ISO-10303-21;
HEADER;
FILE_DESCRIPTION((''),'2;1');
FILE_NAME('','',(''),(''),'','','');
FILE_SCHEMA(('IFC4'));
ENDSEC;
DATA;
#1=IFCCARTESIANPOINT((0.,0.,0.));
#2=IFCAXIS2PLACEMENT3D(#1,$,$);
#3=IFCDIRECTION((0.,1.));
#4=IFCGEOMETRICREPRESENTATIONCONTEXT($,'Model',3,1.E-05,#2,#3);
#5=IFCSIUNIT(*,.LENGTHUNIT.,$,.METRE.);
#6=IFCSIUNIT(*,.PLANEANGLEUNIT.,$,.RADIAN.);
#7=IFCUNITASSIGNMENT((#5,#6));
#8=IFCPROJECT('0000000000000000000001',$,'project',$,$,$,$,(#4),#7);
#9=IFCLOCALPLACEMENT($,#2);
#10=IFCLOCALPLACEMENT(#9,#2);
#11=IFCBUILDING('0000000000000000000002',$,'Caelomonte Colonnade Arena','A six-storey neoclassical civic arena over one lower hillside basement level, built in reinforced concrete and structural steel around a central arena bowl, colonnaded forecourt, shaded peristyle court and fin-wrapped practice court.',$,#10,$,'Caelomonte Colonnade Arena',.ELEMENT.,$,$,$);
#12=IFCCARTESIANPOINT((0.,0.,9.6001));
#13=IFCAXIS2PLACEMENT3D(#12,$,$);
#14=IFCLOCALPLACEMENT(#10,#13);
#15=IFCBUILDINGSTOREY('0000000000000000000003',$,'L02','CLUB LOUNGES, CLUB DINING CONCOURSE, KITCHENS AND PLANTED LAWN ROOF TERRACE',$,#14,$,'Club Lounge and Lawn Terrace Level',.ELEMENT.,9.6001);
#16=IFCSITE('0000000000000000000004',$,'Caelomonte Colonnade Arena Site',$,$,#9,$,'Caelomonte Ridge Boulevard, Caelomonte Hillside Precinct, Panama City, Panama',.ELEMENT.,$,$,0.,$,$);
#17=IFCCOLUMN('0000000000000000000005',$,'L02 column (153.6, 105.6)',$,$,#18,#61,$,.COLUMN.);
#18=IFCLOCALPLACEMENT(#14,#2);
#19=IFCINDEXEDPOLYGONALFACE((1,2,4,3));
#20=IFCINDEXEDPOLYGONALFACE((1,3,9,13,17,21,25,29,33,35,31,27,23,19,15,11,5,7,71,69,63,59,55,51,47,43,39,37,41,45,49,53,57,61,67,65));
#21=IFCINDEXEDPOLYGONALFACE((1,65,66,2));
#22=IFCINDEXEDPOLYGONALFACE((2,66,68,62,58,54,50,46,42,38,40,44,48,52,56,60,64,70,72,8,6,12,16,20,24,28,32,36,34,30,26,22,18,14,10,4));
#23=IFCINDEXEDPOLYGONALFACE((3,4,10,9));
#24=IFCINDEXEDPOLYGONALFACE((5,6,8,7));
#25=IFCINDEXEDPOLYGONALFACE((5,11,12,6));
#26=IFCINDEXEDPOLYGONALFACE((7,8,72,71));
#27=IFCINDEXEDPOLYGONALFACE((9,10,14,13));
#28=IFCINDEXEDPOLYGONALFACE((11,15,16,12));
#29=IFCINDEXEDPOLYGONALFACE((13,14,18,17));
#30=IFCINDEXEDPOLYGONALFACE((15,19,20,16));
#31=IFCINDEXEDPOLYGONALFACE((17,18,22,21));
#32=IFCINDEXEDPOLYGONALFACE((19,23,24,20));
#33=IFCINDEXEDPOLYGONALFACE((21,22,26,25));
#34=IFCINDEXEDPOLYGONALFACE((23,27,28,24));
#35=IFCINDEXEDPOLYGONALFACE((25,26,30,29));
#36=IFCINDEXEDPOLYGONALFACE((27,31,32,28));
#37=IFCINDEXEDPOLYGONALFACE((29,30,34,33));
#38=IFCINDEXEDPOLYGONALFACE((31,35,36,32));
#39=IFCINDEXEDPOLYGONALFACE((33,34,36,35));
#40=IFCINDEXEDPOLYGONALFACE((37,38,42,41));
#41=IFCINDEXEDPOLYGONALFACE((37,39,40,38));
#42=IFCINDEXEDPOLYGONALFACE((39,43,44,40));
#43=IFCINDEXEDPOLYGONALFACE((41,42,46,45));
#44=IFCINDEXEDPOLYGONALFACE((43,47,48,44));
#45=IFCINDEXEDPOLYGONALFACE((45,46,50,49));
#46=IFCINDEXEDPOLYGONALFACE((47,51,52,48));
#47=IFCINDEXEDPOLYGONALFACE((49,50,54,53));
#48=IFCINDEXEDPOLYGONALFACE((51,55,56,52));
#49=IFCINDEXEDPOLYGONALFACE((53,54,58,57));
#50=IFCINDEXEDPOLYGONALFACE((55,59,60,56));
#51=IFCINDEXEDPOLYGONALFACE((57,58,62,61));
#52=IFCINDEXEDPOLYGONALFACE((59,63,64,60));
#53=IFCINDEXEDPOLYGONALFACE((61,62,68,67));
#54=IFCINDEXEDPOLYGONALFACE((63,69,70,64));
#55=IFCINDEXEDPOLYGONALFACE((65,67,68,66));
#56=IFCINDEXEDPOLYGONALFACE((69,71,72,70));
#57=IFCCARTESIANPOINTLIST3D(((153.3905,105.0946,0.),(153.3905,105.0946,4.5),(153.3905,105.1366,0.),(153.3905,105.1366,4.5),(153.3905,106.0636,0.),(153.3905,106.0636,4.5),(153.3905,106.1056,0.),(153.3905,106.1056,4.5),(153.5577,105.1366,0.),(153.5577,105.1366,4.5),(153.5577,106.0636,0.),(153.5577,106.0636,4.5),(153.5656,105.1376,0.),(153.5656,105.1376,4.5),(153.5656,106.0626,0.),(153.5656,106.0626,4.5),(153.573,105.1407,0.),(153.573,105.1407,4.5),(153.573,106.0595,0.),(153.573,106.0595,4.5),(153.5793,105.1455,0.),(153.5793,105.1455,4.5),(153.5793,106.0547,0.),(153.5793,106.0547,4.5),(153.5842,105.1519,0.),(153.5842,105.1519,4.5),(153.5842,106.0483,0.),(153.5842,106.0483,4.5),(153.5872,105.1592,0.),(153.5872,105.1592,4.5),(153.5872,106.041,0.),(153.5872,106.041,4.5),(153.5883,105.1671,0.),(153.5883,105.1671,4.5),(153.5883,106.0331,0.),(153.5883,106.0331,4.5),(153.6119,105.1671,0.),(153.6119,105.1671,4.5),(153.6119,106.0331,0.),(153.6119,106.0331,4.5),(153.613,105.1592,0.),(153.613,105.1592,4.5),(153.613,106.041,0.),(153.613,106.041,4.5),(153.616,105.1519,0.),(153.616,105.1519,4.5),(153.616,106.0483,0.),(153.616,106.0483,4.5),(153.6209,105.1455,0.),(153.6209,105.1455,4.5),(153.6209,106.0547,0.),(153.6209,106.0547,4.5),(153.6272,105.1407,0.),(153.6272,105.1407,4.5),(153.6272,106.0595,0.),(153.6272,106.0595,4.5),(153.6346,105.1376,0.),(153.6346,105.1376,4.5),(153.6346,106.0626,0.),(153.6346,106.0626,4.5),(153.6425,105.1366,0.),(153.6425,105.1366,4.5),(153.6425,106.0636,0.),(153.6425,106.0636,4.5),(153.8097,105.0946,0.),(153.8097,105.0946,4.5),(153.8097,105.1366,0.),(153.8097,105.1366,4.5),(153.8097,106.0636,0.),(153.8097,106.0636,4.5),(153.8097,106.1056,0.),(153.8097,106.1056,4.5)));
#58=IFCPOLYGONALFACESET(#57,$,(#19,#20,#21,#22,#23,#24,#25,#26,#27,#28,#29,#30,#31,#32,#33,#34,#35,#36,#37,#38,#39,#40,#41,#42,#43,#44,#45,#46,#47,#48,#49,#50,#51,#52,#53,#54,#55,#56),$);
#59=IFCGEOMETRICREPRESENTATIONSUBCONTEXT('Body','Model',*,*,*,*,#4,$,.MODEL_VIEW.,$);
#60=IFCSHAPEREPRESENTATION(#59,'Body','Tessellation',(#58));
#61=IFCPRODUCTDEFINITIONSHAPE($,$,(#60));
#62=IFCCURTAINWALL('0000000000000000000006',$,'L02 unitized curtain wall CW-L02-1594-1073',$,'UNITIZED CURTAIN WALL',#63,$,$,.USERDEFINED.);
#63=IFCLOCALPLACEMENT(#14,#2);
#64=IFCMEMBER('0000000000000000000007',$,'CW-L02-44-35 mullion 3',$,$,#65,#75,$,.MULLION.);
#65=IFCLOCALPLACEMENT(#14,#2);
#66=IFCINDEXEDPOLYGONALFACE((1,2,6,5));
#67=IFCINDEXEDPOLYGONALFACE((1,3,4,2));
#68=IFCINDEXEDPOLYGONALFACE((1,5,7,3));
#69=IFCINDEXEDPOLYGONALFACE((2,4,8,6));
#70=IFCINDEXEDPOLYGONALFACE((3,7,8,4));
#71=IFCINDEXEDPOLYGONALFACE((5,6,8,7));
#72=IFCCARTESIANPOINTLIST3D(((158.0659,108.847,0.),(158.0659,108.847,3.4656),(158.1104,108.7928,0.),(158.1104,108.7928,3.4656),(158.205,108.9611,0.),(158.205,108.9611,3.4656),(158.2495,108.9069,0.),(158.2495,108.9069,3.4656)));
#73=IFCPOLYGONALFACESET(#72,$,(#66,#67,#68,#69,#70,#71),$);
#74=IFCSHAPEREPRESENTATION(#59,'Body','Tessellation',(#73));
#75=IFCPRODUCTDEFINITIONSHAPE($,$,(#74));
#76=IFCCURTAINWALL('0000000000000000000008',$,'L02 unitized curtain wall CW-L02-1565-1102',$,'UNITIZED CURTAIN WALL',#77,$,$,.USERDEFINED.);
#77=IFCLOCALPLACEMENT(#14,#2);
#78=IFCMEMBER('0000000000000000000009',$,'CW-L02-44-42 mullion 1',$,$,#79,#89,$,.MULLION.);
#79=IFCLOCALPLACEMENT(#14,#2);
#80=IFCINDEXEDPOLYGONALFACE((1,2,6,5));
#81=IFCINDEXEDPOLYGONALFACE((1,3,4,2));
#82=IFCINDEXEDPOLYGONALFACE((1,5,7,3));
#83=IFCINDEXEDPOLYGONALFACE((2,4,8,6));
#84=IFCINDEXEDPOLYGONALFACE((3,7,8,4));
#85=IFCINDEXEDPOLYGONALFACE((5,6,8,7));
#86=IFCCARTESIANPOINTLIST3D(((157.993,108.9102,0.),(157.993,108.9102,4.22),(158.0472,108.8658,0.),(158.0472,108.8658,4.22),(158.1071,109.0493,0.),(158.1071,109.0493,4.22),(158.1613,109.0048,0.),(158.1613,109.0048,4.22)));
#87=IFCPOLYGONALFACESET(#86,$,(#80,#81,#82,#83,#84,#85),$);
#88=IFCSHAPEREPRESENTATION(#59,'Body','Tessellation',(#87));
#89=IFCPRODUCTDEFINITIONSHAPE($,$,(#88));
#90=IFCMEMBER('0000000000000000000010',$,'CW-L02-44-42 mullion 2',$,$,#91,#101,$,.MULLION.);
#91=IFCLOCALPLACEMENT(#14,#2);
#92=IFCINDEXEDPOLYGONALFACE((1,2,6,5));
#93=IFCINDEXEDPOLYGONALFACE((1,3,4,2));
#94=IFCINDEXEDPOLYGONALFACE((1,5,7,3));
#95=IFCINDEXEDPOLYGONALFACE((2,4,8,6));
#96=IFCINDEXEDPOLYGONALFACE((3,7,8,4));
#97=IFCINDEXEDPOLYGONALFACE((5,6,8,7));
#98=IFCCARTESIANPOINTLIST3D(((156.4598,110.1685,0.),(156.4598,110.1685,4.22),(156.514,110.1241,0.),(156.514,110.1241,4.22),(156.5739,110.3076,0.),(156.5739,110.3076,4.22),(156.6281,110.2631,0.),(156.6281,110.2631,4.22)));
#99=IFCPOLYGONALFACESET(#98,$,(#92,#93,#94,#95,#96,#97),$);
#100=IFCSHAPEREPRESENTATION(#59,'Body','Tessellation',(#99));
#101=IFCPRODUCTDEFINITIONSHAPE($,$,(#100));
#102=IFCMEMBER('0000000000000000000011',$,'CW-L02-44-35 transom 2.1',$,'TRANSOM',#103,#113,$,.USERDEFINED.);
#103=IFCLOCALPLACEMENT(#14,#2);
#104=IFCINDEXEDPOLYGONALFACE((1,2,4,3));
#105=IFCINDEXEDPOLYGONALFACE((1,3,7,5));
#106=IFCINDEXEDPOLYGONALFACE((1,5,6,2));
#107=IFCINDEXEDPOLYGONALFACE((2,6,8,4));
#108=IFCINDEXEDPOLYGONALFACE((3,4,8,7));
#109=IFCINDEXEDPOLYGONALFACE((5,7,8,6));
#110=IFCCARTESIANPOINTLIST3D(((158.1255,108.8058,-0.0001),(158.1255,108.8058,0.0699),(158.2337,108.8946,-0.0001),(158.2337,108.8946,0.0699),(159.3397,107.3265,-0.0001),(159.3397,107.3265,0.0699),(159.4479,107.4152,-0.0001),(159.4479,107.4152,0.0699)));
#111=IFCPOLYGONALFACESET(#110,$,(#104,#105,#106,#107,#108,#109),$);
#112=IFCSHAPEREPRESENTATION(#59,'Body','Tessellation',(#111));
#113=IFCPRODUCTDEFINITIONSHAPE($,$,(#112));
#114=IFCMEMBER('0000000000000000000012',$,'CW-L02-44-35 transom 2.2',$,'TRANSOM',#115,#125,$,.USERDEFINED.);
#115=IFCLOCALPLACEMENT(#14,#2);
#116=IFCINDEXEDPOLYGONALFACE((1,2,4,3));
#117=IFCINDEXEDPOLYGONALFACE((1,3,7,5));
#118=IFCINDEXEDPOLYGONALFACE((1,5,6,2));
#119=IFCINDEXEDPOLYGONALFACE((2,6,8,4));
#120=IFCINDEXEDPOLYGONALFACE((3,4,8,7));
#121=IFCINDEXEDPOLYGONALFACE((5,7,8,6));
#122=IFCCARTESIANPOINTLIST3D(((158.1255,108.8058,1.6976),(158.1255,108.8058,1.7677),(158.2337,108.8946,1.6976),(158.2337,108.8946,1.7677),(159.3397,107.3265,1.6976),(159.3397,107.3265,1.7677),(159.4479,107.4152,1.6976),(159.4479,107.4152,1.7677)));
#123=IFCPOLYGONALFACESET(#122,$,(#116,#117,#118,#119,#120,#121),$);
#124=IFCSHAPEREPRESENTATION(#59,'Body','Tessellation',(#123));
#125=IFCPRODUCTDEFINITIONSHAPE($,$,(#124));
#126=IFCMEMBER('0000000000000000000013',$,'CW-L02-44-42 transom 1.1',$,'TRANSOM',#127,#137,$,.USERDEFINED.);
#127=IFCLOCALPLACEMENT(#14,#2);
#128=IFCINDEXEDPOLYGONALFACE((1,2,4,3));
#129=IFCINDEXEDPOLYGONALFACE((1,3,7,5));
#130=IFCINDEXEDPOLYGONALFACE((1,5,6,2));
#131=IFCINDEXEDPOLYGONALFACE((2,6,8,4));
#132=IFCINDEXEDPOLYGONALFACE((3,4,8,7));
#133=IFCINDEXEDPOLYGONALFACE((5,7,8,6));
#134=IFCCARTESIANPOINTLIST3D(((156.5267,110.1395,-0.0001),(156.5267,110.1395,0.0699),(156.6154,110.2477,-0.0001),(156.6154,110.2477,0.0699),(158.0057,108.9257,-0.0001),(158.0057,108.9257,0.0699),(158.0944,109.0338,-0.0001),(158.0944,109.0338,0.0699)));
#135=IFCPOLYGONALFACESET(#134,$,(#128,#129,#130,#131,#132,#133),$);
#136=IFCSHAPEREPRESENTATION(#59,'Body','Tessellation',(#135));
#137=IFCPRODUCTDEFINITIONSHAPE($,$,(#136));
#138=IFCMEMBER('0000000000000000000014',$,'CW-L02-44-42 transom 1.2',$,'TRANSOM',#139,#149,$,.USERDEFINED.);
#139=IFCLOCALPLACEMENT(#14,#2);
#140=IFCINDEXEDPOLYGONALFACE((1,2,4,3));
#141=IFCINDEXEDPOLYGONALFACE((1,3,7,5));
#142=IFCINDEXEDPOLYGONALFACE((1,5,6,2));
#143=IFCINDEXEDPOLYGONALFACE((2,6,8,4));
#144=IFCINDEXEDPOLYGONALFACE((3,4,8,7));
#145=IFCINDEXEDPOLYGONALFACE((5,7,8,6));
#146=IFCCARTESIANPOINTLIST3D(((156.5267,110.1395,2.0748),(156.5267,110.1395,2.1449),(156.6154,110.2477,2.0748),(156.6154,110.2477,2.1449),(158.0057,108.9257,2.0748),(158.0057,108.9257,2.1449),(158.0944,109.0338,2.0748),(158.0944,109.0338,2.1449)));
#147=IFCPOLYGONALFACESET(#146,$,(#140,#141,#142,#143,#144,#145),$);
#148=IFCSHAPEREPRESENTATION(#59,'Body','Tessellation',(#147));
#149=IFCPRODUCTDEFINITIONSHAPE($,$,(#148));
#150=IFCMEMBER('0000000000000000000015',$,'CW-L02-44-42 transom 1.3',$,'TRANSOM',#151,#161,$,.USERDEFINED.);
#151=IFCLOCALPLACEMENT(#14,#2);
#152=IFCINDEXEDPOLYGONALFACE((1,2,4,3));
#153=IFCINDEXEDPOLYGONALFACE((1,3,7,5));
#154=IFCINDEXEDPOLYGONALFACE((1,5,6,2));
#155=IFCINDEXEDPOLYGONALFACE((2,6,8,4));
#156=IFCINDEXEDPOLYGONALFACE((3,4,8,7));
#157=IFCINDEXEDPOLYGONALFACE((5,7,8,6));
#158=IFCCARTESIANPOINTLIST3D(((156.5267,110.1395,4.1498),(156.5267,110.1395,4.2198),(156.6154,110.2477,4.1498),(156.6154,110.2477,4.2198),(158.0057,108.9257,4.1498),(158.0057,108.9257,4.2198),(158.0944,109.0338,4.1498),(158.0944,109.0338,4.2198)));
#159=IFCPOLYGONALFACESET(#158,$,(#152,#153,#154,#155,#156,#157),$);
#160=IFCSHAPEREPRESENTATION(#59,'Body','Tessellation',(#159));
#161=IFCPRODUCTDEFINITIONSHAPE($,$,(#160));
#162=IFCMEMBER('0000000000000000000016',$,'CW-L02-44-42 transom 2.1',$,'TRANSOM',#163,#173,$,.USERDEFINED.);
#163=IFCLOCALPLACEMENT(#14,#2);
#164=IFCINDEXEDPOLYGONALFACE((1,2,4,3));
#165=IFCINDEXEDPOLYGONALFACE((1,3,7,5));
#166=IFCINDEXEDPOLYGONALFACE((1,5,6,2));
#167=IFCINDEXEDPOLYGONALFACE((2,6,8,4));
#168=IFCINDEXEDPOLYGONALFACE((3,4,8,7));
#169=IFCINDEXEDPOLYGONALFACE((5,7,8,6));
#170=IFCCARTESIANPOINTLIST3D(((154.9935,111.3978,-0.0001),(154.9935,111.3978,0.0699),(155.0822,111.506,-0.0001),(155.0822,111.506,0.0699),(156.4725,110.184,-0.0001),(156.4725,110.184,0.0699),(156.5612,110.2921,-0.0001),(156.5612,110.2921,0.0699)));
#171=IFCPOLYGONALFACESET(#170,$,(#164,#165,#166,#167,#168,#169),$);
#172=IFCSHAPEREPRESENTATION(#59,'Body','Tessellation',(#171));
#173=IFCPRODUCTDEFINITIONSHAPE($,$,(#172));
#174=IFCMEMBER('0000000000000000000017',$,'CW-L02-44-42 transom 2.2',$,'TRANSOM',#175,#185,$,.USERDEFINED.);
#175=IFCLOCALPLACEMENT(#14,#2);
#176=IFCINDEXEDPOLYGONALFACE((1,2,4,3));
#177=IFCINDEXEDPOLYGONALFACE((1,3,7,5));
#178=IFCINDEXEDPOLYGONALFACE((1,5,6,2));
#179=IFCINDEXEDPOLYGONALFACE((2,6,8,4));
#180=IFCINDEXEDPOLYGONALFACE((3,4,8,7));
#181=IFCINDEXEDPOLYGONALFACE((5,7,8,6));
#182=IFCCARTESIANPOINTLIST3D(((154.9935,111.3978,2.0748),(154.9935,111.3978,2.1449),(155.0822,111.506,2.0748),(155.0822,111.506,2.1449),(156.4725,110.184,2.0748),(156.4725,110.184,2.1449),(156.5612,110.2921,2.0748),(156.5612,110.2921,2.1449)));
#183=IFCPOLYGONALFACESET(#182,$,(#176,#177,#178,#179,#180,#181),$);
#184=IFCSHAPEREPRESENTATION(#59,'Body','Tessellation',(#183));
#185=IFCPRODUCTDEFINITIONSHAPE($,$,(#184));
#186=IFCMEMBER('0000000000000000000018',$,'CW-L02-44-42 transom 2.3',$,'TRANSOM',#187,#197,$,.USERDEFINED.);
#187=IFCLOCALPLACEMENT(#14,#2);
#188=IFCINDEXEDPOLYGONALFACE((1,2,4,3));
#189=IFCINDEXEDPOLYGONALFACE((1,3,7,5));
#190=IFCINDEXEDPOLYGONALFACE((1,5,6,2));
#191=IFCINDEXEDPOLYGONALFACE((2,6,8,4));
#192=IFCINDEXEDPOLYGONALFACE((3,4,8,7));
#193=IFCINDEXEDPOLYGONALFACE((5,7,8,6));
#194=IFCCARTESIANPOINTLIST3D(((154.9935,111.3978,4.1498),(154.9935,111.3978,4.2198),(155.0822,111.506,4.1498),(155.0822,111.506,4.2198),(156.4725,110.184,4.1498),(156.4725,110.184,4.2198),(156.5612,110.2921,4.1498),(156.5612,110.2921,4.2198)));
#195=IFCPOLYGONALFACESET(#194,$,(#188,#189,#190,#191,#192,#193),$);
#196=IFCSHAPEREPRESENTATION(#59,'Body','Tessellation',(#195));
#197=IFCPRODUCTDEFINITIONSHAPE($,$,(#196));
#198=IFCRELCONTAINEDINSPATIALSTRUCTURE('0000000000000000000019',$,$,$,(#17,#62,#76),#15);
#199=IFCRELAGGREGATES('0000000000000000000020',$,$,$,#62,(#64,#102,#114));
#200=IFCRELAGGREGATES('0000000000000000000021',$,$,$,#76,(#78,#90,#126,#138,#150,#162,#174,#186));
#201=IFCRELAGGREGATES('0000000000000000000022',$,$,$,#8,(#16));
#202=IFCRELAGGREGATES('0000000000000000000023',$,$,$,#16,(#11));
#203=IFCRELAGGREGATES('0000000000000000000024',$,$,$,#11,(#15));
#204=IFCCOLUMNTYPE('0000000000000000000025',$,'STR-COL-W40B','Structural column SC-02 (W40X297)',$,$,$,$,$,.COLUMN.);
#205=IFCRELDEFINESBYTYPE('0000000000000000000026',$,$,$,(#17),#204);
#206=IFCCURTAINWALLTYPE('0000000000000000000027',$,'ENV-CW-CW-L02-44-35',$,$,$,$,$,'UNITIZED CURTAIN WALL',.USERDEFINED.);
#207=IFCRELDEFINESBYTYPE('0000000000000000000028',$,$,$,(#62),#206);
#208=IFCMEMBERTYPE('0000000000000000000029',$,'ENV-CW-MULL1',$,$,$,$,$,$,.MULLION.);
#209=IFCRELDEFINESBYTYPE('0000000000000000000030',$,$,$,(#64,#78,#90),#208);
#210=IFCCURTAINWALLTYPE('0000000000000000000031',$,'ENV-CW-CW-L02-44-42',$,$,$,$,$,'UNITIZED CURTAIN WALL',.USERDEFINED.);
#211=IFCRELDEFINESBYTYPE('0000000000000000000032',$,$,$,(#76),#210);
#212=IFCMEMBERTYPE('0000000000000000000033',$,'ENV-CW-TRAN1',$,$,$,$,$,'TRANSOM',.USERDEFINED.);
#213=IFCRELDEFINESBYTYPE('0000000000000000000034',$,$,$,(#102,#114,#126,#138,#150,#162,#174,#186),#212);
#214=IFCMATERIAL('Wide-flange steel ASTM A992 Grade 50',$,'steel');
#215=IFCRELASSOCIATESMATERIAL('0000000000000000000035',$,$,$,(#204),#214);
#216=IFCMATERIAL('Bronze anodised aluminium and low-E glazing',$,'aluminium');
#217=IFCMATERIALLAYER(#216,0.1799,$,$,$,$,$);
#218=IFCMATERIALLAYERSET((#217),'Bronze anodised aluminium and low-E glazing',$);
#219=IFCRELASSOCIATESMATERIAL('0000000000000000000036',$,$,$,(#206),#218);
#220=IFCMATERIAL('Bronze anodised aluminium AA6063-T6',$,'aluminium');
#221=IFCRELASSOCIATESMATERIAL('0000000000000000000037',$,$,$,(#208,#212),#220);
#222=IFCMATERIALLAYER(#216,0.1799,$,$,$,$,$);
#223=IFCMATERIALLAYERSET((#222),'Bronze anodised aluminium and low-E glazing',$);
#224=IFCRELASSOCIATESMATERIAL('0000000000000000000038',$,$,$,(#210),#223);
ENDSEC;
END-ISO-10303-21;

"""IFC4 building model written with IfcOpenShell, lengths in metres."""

from ifc_helpers import new_model, si_unit, direction, frame, origin, origin_2d, place, context, subcontext, project, spatial, rectangle, i_section, extrude, material, layer, layer_set, material_profile, profile_set, type_object, element, aggregate, save


model = new_model("IFC4")

# Units and contexts
model_context = context("Model", 3, precision=1e-05, world=origin(), true_north=direction((0.0, 1.0)))
body_context = subcontext(model_context, "Body", "Model", "MODEL_VIEW")
ifc_project = project(units=[si_unit("LENGTHUNIT", "METRE"), si_unit("PLANEANGLEUNIT", "RADIAN")], contexts=[model_context])

# Site, building, storey
site_placement = place(None, origin())
site = spatial("IfcSite", under=ifc_project, at=site_placement, Name="Caelomonte Colonnade Arena Site", LongName="Caelomonte Ridge Boulevard, Caelomonte Hillside Precinct, Panama City, Panama", CompositionType="ELEMENT", RefElevation=0.0)
building_placement = place(site_placement, origin())
building = spatial("IfcBuilding", under=site, at=building_placement, Name="Caelomonte Colonnade Arena", Description="A six-storey neoclassical civic arena over one lower hillside basement level, built in reinforced concrete and structural steel around a central arena bowl, colonnaded forecourt, shaded peristyle court and fin-wrapped practice court.", LongName="Caelomonte Colonnade Arena", CompositionType="ELEMENT")
storey_placement = place(building_placement, frame((0.0, 0.0, 9.6001)))
storey = spatial("IfcBuildingStorey", under=building, at=storey_placement, Name="L02", Description="CLUB LOUNGES, CLUB DINING CONCOURSE, KITCHENS AND PLANTED LAWN ROOF TERRACE", LongName="Club Lounge and Lawn Terrace Level", CompositionType="ELEMENT", Elevation=9.6001)

# Column
ifc_material_1 = material(Name="Wide-flange steel ASTM A992 Grade 50", Category="steel")
ifc_material_profile_1 = material_profile(ifc_material_1, i_section(OverallWidth=0.4192, OverallDepth=1.011, WebThickness=0.0237, FlangeThickness=0.042, FilletRadius=0.0305, at=origin_2d()), Name="W40X297")
ifc_profile_set_1 = profile_set([ifc_material_profile_1], Name="Wide-flange steel ASTM A992 Grade 50")
column_type = type_object("IfcColumnType", Name="STR-COL-W40B", Description="Structural column SC-02 (W40X297)", PredefinedType="COLUMN", material=ifc_profile_set_1)
column_placement = place(storey_placement, frame((153.6001, 105.6001, 0.0), z_axis=(0.0, 0.0, 1.0), x_axis=(1.0, 0.0, 0.0)))
element("IfcColumn", 1, at=column_placement, inside=storey, type_object=column_type, Name="L02 column (153.6, 105.6)", PredefinedType="COLUMN", context=body_context, shape_type="SweptSolid", body=[
    extrude(i_section(OverallWidth=0.4192, OverallDepth=1.011, WebThickness=0.0237, FlangeThickness=0.042, FilletRadius=0.0305, at=origin_2d()), origin(), (0.0, 0.0, 1.0), 4.5),
])

# Curtain wall, member
ifc_material_2 = material(Name="Bronze anodised aluminium and low-E glazing", Category="aluminium")
ifc_layer_1 = layer(ifc_material_2, 0.1799)
ifc_layer_set_1 = layer_set([ifc_layer_1], Name="Bronze anodised aluminium and low-E glazing")
curtain_wall_type_1 = type_object("IfcCurtainWallType", Name="ENV-CW-CW-L02-44-35", ElementType="UNITIZED CURTAIN WALL", PredefinedType="USERDEFINED", material=ifc_layer_set_1)
curtain_wall_1_placement = place(storey_placement, origin())
curtain_wall_1 = element("IfcCurtainWall", 2, at=curtain_wall_1_placement, inside=storey, type_object=curtain_wall_type_1, Name="L02 unitized curtain wall CW-L02-1594-1073", ObjectType="UNITIZED CURTAIN WALL", PredefinedType="USERDEFINED")
ifc_material_3 = material(Name="Bronze anodised aluminium AA6063-T6", Category="aluminium")
ifc_material_profile_2 = material_profile(ifc_material_3, rectangle(XDim=0.0701, YDim=0.1799, at=origin_2d()), Name="CWM-70X180")
ifc_profile_set_2 = profile_set([ifc_material_profile_2], Name="Bronze anodised aluminium AA6063-T6")
member_type_1 = type_object("IfcMemberType", Name="ENV-CW-MULL1", PredefinedType="MULLION", material=ifc_profile_set_2)
member_1_placement = place(storey_placement, frame((158.1577, 108.877, 0.0), z_axis=(0.0, 0.0, 1.0), x_axis=(-0.634416, 0.772992, 0.0)))
member_1 = element("IfcMember", 3, at=member_1_placement, type_object=member_type_1, Name="CW-L02-44-35 mullion 3", PredefinedType="MULLION", context=body_context, shape_type="SweptSolid", body=[
    extrude(rectangle(XDim=0.0701, YDim=0.1799, at=origin_2d()), origin(), (0.0, 0.0, 1.0), 3.4656),
])

# Curtain wall, members
ifc_layer_2 = layer(ifc_material_2, 0.1799)
ifc_layer_set_2 = layer_set([ifc_layer_2], Name="Bronze anodised aluminium and low-E glazing")
curtain_wall_type_2 = type_object("IfcCurtainWallType", Name="ENV-CW-CW-L02-44-42", ElementType="UNITIZED CURTAIN WALL", PredefinedType="USERDEFINED", material=ifc_layer_set_2)
curtain_wall_2_placement = place(storey_placement, origin())
curtain_wall_2 = element("IfcCurtainWall", 4, at=curtain_wall_2_placement, inside=storey, type_object=curtain_wall_type_2, Name="L02 unitized curtain wall CW-L02-1565-1102", ObjectType="UNITIZED CURTAIN WALL", PredefinedType="USERDEFINED")
member_2_placement = place(storey_placement, frame((158.0771, 108.9575, 0.0), z_axis=(0.0, 0.0, 1.0), x_axis=(-0.772992, 0.634416, 0.0)))
member_2 = element("IfcMember", 5, at=member_2_placement, type_object=member_type_1, Name="CW-L02-44-42 mullion 1", PredefinedType="MULLION", context=body_context, shape_type="SweptSolid", body=[
    extrude(rectangle(XDim=0.0701, YDim=0.1799, at=origin_2d()), origin(), (0.0, 0.0, 1.0), 4.22),
])
member_3_placement = place(storey_placement, frame((156.5439, 110.2158, 0.0), z_axis=(0.0, 0.0, 1.0), x_axis=(-0.772992, 0.634416, 0.0)))
member_3 = element("IfcMember", 6, at=member_3_placement, type_object=member_type_1, Name="CW-L02-44-42 mullion 2", PredefinedType="MULLION", context=body_context, shape_type="SweptSolid", body=[
    extrude(rectangle(XDim=0.0701, YDim=0.1799, at=origin_2d()), origin(), (0.0, 0.0, 1.0), 4.22),
])

# Members
ifc_material_profile_3 = material_profile(ifc_material_3, rectangle(XDim=0.0701, YDim=0.1399, at=origin_2d()), Name="CWT-70X140")
ifc_profile_set_3 = profile_set([ifc_material_profile_3], Name="Bronze anodised aluminium AA6063-T6")
member_type_2 = type_object("IfcMemberType", Name="ENV-CW-TRAN1", ElementType="TRANSOM", PredefinedType="USERDEFINED", material=ifc_profile_set_3)
member_4_placement = place(storey_placement, frame((159.3938, 107.3708, 0.0349), z_axis=(-0.634432, 0.772979, 0.0), x_axis=(0.0, 0.0, 1.0)))
member_4 = element("IfcMember", 7, at=member_4_placement, type_object=member_type_2, Name="CW-L02-44-35 transom 2.1", ObjectType="TRANSOM", PredefinedType="USERDEFINED", context=body_context, shape_type="SweptSolid", body=[
    extrude(rectangle(XDim=0.0701, YDim=0.1399, at=origin_2d()), origin(), (0.0, 0.0, 1.0), 1.9138),
])
member_5_placement = place(storey_placement, frame((159.3938, 107.3708, 1.7327), z_axis=(-0.634432, 0.772979, 0.0), x_axis=(0.0, 0.0, 1.0)))
member_5 = element("IfcMember", 8, at=member_5_placement, type_object=member_type_2, Name="CW-L02-44-35 transom 2.2", ObjectType="TRANSOM", PredefinedType="USERDEFINED", context=body_context, shape_type="SweptSolid", body=[
    extrude(rectangle(XDim=0.0701, YDim=0.1399, at=origin_2d()), origin(), (0.0, 0.0, 1.0), 1.9138),
])
member_6_placement = place(storey_placement, frame((158.05, 108.9797, 0.0349), z_axis=(-0.77299, 0.634418, 0.0), x_axis=(0.0, 0.0, 1.0)))
member_6 = element("IfcMember", 9, at=member_6_placement, type_object=member_type_2, Name="CW-L02-44-42 transom 1.1", ObjectType="TRANSOM", PredefinedType="USERDEFINED", context=body_context, shape_type="SweptSolid", body=[
    extrude(rectangle(XDim=0.0701, YDim=0.1399, at=origin_2d()), origin(), (0.0, 0.0, 1.0), 1.9133),
])
member_7_placement = place(storey_placement, frame((158.05, 108.9797, 2.1099), z_axis=(-0.77299, 0.634418, 0.0), x_axis=(0.0, 0.0, 1.0)))
member_7 = element("IfcMember", 10, at=member_7_placement, type_object=member_type_2, Name="CW-L02-44-42 transom 1.2", ObjectType="TRANSOM", PredefinedType="USERDEFINED", context=body_context, shape_type="SweptSolid", body=[
    extrude(rectangle(XDim=0.0701, YDim=0.1399, at=origin_2d()), origin(), (0.0, 0.0, 1.0), 1.9133),
])
member_8_placement = place(storey_placement, frame((158.05, 108.9797, 4.1848), z_axis=(-0.77299, 0.634418, 0.0), x_axis=(0.0, 0.0, 1.0)))
member_8 = element("IfcMember", 11, at=member_8_placement, type_object=member_type_2, Name="CW-L02-44-42 transom 1.3", ObjectType="TRANSOM", PredefinedType="USERDEFINED", context=body_context, shape_type="SweptSolid", body=[
    extrude(rectangle(XDim=0.0701, YDim=0.1399, at=origin_2d()), origin(), (0.0, 0.0, 1.0), 1.9133),
])
member_9_placement = place(storey_placement, frame((156.5168, 110.238, 0.0349), z_axis=(-0.77299, 0.634418, 0.0), x_axis=(0.0, 0.0, 1.0)))
member_9 = element("IfcMember", 12, at=member_9_placement, type_object=member_type_2, Name="CW-L02-44-42 transom 2.1", ObjectType="TRANSOM", PredefinedType="USERDEFINED", context=body_context, shape_type="SweptSolid", body=[
    extrude(rectangle(XDim=0.0701, YDim=0.1399, at=origin_2d()), origin(), (0.0, 0.0, 1.0), 1.9133),
])
member_10_placement = place(storey_placement, frame((156.5168, 110.238, 2.1099), z_axis=(-0.77299, 0.634418, 0.0), x_axis=(0.0, 0.0, 1.0)))
member_10 = element("IfcMember", 13, at=member_10_placement, type_object=member_type_2, Name="CW-L02-44-42 transom 2.2", ObjectType="TRANSOM", PredefinedType="USERDEFINED", context=body_context, shape_type="SweptSolid", body=[
    extrude(rectangle(XDim=0.0701, YDim=0.1399, at=origin_2d()), origin(), (0.0, 0.0, 1.0), 1.9133),
])
member_11_placement = place(storey_placement, frame((156.5168, 110.238, 4.1848), z_axis=(-0.77299, 0.634418, 0.0), x_axis=(0.0, 0.0, 1.0)))
member_11 = element("IfcMember", 14, at=member_11_placement, type_object=member_type_2, Name="CW-L02-44-42 transom 2.3", ObjectType="TRANSOM", PredefinedType="USERDEFINED", context=body_context, shape_type="SweptSolid", body=[
    extrude(rectangle(XDim=0.0701, YDim=0.1399, at=origin_2d()), origin(), (0.0, 0.0, 1.0), 1.9133),
])

aggregate(curtain_wall_1, [member_1, member_4, member_5])
aggregate(curtain_wall_2, [member_2, member_3, member_6, member_7, member_8, member_9, member_10, member_11])

save(model, "model.ifc")
